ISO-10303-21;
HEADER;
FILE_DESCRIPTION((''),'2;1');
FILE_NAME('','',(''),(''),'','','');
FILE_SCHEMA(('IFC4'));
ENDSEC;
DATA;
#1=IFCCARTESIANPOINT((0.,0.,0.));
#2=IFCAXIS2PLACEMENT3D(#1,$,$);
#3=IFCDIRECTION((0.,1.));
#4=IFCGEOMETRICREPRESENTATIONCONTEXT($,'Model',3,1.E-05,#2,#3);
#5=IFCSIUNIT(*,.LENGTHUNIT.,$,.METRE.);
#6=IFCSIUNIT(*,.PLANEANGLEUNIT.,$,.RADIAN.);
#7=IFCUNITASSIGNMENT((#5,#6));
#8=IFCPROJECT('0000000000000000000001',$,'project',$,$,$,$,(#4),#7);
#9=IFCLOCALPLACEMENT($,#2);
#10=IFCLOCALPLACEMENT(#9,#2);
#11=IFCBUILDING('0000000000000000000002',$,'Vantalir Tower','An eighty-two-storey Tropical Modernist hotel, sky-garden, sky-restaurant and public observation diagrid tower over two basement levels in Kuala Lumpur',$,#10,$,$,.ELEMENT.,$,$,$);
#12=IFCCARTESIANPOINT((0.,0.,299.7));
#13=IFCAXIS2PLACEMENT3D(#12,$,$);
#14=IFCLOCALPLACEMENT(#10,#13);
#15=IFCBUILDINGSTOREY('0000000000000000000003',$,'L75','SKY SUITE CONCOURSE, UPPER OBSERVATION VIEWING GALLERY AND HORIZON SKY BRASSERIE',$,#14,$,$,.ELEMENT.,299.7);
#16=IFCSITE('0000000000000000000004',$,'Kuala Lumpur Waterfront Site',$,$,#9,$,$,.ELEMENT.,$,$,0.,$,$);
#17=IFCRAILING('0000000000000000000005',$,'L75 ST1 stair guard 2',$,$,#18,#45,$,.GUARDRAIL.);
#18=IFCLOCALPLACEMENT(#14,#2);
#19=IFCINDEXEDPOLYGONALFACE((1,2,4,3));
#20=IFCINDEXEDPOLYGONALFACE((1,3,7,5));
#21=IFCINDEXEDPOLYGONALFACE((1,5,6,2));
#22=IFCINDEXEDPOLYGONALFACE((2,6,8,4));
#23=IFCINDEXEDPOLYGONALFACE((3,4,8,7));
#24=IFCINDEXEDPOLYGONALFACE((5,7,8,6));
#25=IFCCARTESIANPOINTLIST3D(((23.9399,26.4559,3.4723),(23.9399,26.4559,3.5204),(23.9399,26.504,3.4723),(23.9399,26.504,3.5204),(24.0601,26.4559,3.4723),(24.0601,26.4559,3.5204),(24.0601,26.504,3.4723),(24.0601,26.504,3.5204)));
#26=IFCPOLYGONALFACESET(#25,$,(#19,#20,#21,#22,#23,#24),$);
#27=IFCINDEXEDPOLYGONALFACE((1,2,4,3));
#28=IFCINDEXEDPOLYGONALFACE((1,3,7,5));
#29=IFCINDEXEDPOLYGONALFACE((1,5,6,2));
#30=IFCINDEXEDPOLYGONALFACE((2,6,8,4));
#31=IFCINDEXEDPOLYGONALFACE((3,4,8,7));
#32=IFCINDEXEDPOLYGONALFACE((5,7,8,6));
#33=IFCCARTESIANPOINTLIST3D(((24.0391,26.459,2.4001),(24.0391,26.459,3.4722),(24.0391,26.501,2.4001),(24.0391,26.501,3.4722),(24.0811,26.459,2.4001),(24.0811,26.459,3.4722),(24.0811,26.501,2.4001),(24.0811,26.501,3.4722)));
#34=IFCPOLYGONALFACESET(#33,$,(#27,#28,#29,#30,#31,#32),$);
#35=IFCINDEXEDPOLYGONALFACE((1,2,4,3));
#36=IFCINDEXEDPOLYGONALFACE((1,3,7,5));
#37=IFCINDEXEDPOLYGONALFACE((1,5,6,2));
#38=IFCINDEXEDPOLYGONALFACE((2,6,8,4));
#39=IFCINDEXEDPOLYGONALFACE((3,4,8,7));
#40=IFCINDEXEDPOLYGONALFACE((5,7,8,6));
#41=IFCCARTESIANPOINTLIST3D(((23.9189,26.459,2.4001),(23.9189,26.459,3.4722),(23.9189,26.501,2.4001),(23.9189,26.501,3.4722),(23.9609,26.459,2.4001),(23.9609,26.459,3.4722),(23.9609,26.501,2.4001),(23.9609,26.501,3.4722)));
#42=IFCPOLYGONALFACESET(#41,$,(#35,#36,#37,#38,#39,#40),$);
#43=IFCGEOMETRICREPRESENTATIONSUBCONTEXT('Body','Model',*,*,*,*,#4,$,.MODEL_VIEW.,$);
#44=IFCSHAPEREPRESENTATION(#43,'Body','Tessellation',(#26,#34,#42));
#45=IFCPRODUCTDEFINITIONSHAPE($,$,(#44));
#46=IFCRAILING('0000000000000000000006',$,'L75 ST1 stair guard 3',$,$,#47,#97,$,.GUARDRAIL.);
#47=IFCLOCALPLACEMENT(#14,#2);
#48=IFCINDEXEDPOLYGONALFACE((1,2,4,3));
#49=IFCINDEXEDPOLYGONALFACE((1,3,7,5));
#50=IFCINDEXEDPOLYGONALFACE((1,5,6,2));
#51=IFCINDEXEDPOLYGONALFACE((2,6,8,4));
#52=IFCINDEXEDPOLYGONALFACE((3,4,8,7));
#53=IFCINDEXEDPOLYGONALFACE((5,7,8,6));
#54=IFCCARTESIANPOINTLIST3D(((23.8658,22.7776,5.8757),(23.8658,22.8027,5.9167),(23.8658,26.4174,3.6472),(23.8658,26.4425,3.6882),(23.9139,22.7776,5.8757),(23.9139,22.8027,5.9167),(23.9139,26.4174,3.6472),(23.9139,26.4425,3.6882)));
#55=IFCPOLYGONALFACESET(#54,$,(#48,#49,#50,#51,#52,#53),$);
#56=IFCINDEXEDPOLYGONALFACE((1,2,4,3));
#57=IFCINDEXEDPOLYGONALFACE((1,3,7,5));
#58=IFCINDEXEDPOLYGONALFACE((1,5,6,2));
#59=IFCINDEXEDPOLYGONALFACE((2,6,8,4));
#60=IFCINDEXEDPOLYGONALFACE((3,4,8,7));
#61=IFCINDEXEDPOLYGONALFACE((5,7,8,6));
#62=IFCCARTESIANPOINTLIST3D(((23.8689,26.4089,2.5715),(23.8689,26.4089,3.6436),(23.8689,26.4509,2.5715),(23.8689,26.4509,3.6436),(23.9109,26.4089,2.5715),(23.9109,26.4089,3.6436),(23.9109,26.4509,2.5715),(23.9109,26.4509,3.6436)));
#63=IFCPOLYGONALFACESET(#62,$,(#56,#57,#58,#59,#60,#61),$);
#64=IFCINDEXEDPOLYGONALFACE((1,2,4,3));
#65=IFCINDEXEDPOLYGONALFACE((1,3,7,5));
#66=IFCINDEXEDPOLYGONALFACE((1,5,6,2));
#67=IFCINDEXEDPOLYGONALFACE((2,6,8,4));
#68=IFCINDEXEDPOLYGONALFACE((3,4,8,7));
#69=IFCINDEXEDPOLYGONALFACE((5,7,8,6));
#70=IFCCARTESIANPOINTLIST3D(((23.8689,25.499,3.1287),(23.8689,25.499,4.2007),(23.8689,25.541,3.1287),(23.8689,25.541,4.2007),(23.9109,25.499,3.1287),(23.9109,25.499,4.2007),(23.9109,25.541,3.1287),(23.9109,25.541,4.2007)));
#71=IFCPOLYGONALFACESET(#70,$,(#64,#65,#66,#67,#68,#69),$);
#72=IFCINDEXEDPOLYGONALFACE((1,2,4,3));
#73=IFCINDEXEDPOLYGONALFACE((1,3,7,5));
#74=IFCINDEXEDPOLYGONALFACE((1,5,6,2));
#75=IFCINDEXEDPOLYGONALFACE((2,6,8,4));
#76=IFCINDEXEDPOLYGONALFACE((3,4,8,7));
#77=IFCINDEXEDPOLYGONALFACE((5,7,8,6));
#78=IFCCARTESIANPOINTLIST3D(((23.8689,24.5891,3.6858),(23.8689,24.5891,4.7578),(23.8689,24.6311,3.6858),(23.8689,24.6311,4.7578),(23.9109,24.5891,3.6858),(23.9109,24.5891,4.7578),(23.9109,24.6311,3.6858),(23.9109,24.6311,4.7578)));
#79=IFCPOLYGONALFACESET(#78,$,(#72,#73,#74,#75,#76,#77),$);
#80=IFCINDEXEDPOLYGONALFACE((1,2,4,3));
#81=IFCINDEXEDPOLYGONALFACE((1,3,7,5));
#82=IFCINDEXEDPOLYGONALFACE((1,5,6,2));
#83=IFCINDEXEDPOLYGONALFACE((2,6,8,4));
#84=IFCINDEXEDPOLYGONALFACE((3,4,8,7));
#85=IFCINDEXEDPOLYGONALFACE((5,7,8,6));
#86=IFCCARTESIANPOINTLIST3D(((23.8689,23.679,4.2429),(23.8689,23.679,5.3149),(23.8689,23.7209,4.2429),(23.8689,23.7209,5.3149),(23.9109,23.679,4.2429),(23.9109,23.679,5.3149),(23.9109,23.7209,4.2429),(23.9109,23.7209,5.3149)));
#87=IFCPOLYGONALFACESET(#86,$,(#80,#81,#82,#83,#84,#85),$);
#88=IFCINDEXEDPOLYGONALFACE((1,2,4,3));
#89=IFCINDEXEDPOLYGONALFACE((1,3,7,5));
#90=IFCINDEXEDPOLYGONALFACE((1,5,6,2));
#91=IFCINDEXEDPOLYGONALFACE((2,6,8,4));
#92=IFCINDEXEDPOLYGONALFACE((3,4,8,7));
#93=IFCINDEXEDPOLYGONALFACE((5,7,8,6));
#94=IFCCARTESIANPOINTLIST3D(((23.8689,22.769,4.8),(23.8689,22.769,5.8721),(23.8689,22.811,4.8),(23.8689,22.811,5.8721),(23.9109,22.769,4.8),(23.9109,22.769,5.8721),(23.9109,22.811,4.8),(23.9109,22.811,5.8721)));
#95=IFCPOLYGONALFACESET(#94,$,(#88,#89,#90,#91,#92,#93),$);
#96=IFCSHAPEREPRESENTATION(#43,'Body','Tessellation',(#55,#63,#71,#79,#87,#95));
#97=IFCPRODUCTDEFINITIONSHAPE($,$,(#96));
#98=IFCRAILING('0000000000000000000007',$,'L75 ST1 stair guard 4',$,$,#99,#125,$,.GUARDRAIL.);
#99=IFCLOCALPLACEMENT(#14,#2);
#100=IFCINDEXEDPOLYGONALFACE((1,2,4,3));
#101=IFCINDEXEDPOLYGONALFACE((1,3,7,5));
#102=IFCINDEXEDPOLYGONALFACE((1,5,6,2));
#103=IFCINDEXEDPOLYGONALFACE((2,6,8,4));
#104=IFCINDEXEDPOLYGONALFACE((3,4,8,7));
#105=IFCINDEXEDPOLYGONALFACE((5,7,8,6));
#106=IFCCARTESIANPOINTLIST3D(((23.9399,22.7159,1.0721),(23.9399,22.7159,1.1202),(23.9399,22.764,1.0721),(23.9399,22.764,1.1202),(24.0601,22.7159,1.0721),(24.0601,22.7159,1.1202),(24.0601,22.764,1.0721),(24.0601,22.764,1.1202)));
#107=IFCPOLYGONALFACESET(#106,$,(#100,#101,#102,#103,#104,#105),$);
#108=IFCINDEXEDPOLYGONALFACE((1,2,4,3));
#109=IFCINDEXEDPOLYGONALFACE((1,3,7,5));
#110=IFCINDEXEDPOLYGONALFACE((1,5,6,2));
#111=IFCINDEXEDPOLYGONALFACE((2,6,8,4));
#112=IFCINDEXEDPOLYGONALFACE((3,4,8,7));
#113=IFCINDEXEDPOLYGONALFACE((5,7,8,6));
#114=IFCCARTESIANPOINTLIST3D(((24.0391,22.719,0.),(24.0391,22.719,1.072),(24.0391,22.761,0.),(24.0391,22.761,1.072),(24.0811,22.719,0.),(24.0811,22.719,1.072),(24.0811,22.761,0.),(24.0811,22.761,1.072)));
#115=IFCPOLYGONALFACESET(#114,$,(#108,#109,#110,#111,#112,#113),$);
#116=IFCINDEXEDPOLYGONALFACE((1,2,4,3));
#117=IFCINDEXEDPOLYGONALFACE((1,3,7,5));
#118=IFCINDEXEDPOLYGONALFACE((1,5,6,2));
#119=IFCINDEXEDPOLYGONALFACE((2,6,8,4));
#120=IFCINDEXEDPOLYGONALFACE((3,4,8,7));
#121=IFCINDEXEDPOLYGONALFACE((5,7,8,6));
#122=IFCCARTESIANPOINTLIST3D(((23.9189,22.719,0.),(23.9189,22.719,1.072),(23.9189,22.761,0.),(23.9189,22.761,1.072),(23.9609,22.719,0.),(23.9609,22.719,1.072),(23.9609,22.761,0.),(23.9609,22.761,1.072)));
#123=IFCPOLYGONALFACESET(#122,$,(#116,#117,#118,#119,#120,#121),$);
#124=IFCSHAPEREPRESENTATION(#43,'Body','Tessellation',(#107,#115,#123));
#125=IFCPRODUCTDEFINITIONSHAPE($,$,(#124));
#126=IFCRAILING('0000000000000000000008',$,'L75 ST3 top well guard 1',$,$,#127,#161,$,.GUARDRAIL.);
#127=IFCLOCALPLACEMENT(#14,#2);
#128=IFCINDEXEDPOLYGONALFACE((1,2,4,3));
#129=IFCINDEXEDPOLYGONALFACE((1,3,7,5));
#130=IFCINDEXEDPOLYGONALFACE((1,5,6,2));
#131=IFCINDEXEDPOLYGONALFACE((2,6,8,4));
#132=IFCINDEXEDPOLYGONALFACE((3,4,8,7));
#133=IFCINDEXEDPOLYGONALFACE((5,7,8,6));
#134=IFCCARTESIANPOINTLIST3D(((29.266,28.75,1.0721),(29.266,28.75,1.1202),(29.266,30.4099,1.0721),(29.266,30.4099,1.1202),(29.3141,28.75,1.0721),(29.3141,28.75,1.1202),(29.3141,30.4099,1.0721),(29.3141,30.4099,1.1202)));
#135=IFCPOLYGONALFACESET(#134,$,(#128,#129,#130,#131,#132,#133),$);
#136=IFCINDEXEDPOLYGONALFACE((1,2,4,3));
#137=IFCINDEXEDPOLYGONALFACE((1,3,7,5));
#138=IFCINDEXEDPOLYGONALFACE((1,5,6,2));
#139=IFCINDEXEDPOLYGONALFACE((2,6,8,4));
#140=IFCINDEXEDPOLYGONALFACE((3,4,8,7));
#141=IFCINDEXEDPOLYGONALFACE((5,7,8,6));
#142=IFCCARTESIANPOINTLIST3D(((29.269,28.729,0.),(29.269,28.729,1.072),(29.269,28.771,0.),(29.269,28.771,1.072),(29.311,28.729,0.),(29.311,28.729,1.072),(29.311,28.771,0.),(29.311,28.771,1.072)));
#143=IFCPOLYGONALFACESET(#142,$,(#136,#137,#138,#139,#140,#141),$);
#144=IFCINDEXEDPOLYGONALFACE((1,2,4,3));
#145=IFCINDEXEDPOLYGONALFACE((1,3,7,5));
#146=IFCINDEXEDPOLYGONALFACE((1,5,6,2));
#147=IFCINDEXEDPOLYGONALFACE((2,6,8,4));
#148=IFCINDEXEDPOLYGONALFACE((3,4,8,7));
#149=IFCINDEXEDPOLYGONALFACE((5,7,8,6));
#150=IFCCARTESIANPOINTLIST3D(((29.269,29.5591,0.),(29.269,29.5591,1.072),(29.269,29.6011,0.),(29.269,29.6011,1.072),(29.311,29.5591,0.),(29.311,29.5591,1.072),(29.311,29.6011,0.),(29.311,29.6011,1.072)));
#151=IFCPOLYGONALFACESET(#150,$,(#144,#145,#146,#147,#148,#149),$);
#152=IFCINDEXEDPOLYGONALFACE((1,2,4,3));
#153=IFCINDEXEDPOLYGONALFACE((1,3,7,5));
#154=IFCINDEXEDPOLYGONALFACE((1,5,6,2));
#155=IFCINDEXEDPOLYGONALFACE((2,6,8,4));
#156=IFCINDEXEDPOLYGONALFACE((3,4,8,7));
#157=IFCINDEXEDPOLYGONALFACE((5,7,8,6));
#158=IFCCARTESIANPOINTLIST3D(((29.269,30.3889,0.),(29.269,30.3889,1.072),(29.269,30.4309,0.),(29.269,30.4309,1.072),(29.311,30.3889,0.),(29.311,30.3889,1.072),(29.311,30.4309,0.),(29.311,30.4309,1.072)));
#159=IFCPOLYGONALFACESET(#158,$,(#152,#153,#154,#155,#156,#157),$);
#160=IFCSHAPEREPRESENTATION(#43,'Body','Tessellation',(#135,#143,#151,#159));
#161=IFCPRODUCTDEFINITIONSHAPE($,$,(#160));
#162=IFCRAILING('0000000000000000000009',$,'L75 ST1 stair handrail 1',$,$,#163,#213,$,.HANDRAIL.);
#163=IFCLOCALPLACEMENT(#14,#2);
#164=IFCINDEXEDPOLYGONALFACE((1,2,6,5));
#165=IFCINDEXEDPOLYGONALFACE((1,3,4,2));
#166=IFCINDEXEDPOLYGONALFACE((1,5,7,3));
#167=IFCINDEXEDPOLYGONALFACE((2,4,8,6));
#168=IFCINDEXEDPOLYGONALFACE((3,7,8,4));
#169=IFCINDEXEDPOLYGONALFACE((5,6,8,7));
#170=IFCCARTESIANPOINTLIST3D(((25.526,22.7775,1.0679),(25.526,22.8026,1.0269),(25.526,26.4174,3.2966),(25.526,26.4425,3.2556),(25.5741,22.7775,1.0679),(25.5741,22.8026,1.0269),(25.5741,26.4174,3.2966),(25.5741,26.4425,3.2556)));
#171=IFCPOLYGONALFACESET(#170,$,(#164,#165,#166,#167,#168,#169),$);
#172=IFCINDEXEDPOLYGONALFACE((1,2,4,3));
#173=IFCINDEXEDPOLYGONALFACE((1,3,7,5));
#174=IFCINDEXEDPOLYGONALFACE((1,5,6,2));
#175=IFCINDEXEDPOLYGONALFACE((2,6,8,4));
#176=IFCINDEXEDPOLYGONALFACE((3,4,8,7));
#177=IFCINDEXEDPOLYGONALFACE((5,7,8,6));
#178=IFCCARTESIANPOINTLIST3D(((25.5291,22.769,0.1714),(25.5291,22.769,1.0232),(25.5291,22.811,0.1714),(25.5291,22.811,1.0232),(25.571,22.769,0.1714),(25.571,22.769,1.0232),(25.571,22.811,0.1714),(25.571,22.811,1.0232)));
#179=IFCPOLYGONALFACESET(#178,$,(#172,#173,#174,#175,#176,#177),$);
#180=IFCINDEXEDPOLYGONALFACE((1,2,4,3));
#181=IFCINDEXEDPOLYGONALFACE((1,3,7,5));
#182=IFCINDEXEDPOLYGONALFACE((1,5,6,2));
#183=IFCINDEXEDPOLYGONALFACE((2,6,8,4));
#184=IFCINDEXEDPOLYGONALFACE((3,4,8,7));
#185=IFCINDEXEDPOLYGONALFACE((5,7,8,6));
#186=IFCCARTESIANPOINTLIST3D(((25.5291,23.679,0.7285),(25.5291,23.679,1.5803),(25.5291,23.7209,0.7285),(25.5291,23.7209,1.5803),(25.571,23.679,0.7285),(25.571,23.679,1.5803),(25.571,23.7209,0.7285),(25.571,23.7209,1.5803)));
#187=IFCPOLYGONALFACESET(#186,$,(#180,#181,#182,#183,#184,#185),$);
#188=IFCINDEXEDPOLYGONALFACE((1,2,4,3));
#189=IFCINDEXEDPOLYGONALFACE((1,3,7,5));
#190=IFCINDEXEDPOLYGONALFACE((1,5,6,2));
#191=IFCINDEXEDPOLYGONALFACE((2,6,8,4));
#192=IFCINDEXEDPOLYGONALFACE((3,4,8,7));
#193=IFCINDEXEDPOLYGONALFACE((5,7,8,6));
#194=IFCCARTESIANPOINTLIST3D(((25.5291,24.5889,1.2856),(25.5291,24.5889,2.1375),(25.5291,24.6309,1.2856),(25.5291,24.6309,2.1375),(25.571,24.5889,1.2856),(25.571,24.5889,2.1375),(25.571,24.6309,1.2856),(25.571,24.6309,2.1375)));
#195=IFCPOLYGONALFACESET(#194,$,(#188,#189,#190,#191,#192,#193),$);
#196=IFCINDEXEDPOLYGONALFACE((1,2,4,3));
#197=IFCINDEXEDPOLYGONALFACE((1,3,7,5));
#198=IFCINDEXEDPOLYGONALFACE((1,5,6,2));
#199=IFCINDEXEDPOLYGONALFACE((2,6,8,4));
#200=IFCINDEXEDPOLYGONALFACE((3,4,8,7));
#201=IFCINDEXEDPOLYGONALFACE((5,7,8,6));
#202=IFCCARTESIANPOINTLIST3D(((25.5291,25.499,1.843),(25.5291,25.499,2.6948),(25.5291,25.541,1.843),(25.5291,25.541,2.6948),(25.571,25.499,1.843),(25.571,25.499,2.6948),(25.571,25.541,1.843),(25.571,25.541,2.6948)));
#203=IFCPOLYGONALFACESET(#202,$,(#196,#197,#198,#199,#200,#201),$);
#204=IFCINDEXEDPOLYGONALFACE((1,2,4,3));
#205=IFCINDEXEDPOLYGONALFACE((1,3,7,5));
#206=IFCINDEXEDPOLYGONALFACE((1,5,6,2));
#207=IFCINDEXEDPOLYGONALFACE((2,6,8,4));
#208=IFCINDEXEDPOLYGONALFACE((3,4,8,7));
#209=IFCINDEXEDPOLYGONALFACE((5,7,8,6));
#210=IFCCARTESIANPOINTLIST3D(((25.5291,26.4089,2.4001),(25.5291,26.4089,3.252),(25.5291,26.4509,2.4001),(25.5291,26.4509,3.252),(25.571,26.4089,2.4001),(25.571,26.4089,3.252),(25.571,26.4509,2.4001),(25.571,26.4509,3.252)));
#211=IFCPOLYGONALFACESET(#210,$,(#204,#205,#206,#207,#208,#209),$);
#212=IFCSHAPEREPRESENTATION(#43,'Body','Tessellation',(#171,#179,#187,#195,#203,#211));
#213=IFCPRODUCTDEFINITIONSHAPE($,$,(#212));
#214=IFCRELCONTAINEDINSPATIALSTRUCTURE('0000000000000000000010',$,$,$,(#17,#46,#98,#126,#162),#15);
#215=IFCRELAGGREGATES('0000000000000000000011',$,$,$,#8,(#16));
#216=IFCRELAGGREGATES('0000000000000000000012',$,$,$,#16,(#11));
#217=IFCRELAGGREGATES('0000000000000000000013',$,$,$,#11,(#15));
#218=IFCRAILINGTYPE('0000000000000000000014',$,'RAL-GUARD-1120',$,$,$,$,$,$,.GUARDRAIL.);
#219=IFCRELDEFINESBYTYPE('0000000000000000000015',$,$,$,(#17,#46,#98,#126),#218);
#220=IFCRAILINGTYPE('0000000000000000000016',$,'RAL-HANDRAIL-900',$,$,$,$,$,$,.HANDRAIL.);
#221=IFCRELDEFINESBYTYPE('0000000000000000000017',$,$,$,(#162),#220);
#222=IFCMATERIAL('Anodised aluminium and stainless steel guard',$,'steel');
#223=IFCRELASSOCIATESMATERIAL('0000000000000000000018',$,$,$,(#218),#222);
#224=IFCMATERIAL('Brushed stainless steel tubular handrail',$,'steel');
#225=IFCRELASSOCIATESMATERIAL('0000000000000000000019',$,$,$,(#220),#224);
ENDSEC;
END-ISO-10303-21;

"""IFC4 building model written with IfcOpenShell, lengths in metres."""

from ifc_helpers import new_model, si_unit, direction, frame, origin, origin_2d, place, context, subcontext, project, spatial, rectangle, extrude, material, type_object, element, save


model = new_model("IFC4")

# Units and contexts
model_context = context("Model", 3, precision=1e-05, world=origin(), true_north=direction((0.0, 1.0)))
body_context = subcontext(model_context, "Body", "Model", "MODEL_VIEW")
ifc_project = project(units=[si_unit("LENGTHUNIT", "METRE"), si_unit("PLANEANGLEUNIT", "RADIAN")], contexts=[model_context])

# Site, building, storey
site_placement = place(None, origin())
site = spatial("IfcSite", under=ifc_project, at=site_placement, Name="Kuala Lumpur Waterfront Site", CompositionType="ELEMENT", RefElevation=0.0)
building_placement = place(site_placement, origin())
building = spatial("IfcBuilding", under=site, at=building_placement, Name="Vantalir Tower", Description="An eighty-two-storey Tropical Modernist hotel, sky-garden, sky-restaurant and public observation diagrid tower over two basement levels in Kuala Lumpur", CompositionType="ELEMENT")
storey_placement = place(building_placement, frame((0.0, 0.0, 299.7)))
storey = spatial("IfcBuildingStorey", under=building, at=storey_placement, Name="L75", Description="SKY SUITE CONCOURSE, UPPER OBSERVATION VIEWING GALLERY AND HORIZON SKY BRASSERIE", CompositionType="ELEMENT", Elevation=299.7)

# Railings
ifc_material_1 = material(Name="Anodised aluminium and stainless steel guard", Category="steel")
railing_type_1 = type_object("IfcRailingType", Name="RAL-GUARD-1120", PredefinedType="GUARDRAIL", material=ifc_material_1)
railing_1_placement = place(storey_placement, frame((24.0601, 26.48, 2.4001)))
element("IfcRailing", 1, at=railing_1_placement, inside=storey, type_object=railing_type_1, Name="L75 ST1 stair guard 2", PredefinedType="GUARDRAIL", context=body_context, shape_type="SweptSolid", body=[
    extrude(rectangle(XDim=0.0481, YDim=0.0481, at=origin_2d()), frame((0.0, 0.0, 1.0962), z_axis=(-1.0, 0.0, 0.0), x_axis=(0.0, -1.0, 0.0)), (0.0, 0.0, 1.0), 0.1201),
    extrude(rectangle(XDim=0.042, YDim=0.042, at=origin_2d()), origin(), (0.0, 0.0, 1.0), 1.072),
    extrude(rectangle(XDim=0.042, YDim=0.042, at=origin_2d()), frame((-0.1201, 0.0, 0.0)), (0.0, 0.0, 1.0), 1.072),
])
railing_2_placement = place(storey_placement, frame((23.8899, 26.4299, 2.5715)))
element("IfcRailing", 2, at=railing_2_placement, inside=storey, type_object=railing_type_1, Name="L75 ST1 stair guard 3", PredefinedType="GUARDRAIL", context=body_context, shape_type="SweptSolid", body=[
    extrude(rectangle(XDim=0.0481, YDim=0.0481, at=origin_2d()), frame((0.0, 0.0, 1.0962), z_axis=(0.0, -0.85285, 0.522156), x_axis=(1.0, 0.0, 0.0)), (0.0, 0.0, 1.0), 4.2678),
    extrude(rectangle(XDim=0.042, YDim=0.042, at=origin_2d()), origin(), (0.0, 0.0, 1.0), 1.072),
    extrude(rectangle(XDim=0.042, YDim=0.042, at=origin_2d()), frame((0.0, -0.9099, 0.5571)), (0.0, 0.0, 1.0), 1.072),
    extrude(rectangle(XDim=0.042, YDim=0.042, at=origin_2d()), frame((0.0, -1.8198, 1.1143)), (0.0, 0.0, 1.0), 1.072),
    extrude(rectangle(XDim=0.042, YDim=0.042, at=origin_2d()), frame((0.0, -2.73, 1.6714)), (0.0, 0.0, 1.0), 1.072),
    extrude(rectangle(XDim=0.042, YDim=0.042, at=origin_2d()), frame((0.0, -3.6399, 2.2285)), (0.0, 0.0, 1.0), 1.072),
])
railing_3_placement = place(storey_placement, frame((24.0601, 22.74, 0.0)))
element("IfcRailing", 3, at=railing_3_placement, inside=storey, type_object=railing_type_1, Name="L75 ST1 stair guard 4", PredefinedType="GUARDRAIL", context=body_context, shape_type="SweptSolid", body=[
    extrude(rectangle(XDim=0.0481, YDim=0.0481, at=origin_2d()), frame((0.0, 0.0, 1.0962), z_axis=(-1.0, 0.0, 0.0), x_axis=(0.0, -1.0, 0.0)), (0.0, 0.0, 1.0), 0.1201),
    extrude(rectangle(XDim=0.042, YDim=0.042, at=origin_2d()), origin(), (0.0, 0.0, 1.0), 1.072),
    extrude(rectangle(XDim=0.042, YDim=0.042, at=origin_2d()), frame((-0.1201, 0.0, 0.0)), (0.0, 0.0, 1.0), 1.072),
])
railing_4_placement = place(storey_placement, frame((29.29, 28.75, 0.0)))
element("IfcRailing", 4, at=railing_4_placement, inside=storey, type_object=railing_type_1, Name="L75 ST3 top well guard 1", PredefinedType="GUARDRAIL", context=body_context, shape_type="SweptSolid", body=[
    extrude(rectangle(XDim=0.0481, YDim=0.0481, at=origin_2d()), frame((0.0, 0.0, 1.0962), z_axis=(0.0, 1.0, 0.0), x_axis=(-1.0, 0.0, 0.0)), (0.0, 0.0, 1.0), 1.6599),
    extrude(rectangle(XDim=0.042, YDim=0.042, at=origin_2d()), origin(), (0.0, 0.0, 1.0), 1.072),
    extrude(rectangle(XDim=0.042, YDim=0.042, at=origin_2d()), frame((0.0, 0.8301, 0.0)), (0.0, 0.0, 1.0), 1.072),
    extrude(rectangle(XDim=0.042, YDim=0.042, at=origin_2d()), frame((0.0, 1.6599, 0.0)), (0.0, 0.0, 1.0), 1.072),
])
ifc_material_2 = material(Name="Brushed stainless steel tubular handrail", Category="steel")
railing_type_2 = type_object("IfcRailingType", Name="RAL-HANDRAIL-900", PredefinedType="HANDRAIL", material=ifc_material_2)
railing_5_placement = place(storey_placement, frame((25.55, 22.79, 0.1714)))
element("IfcRailing", 5, at=railing_5_placement, inside=storey, type_object=railing_type_2, Name="L75 ST1 stair handrail 1", PredefinedType="HANDRAIL", context=body_context, shape_type="SweptSolid", body=[
    extrude(rectangle(XDim=0.0481, YDim=0.0481, at=origin_2d()), frame((0.0, 0.0, 0.876), z_axis=(0.0, 0.852825, 0.522197), x_axis=(-1.0, 0.0, 0.0)), (0.0, 0.0, 1.0), 4.2681),
    extrude(rectangle(XDim=0.042, YDim=0.042, at=origin_2d()), origin(), (0.0, 0.0, 1.0), 0.8518),
    extrude(rectangle(XDim=0.042, YDim=0.042, at=origin_2d()), frame((0.0, 0.9099, 0.5571)), (0.0, 0.0, 1.0), 0.8518),
    extrude(rectangle(XDim=0.042, YDim=0.042, at=origin_2d()), frame((0.0, 1.8198, 1.1143)), (0.0, 0.0, 1.0), 0.8518),
    extrude(rectangle(XDim=0.042, YDim=0.042, at=origin_2d()), frame((0.0, 2.73, 1.6716)), (0.0, 0.0, 1.0), 0.8518),
    extrude(rectangle(XDim=0.042, YDim=0.042, at=origin_2d()), frame((0.0, 3.6399, 2.2288)), (0.0, 0.0, 1.0), 0.8518),
])

save(model, "model.ifc")
